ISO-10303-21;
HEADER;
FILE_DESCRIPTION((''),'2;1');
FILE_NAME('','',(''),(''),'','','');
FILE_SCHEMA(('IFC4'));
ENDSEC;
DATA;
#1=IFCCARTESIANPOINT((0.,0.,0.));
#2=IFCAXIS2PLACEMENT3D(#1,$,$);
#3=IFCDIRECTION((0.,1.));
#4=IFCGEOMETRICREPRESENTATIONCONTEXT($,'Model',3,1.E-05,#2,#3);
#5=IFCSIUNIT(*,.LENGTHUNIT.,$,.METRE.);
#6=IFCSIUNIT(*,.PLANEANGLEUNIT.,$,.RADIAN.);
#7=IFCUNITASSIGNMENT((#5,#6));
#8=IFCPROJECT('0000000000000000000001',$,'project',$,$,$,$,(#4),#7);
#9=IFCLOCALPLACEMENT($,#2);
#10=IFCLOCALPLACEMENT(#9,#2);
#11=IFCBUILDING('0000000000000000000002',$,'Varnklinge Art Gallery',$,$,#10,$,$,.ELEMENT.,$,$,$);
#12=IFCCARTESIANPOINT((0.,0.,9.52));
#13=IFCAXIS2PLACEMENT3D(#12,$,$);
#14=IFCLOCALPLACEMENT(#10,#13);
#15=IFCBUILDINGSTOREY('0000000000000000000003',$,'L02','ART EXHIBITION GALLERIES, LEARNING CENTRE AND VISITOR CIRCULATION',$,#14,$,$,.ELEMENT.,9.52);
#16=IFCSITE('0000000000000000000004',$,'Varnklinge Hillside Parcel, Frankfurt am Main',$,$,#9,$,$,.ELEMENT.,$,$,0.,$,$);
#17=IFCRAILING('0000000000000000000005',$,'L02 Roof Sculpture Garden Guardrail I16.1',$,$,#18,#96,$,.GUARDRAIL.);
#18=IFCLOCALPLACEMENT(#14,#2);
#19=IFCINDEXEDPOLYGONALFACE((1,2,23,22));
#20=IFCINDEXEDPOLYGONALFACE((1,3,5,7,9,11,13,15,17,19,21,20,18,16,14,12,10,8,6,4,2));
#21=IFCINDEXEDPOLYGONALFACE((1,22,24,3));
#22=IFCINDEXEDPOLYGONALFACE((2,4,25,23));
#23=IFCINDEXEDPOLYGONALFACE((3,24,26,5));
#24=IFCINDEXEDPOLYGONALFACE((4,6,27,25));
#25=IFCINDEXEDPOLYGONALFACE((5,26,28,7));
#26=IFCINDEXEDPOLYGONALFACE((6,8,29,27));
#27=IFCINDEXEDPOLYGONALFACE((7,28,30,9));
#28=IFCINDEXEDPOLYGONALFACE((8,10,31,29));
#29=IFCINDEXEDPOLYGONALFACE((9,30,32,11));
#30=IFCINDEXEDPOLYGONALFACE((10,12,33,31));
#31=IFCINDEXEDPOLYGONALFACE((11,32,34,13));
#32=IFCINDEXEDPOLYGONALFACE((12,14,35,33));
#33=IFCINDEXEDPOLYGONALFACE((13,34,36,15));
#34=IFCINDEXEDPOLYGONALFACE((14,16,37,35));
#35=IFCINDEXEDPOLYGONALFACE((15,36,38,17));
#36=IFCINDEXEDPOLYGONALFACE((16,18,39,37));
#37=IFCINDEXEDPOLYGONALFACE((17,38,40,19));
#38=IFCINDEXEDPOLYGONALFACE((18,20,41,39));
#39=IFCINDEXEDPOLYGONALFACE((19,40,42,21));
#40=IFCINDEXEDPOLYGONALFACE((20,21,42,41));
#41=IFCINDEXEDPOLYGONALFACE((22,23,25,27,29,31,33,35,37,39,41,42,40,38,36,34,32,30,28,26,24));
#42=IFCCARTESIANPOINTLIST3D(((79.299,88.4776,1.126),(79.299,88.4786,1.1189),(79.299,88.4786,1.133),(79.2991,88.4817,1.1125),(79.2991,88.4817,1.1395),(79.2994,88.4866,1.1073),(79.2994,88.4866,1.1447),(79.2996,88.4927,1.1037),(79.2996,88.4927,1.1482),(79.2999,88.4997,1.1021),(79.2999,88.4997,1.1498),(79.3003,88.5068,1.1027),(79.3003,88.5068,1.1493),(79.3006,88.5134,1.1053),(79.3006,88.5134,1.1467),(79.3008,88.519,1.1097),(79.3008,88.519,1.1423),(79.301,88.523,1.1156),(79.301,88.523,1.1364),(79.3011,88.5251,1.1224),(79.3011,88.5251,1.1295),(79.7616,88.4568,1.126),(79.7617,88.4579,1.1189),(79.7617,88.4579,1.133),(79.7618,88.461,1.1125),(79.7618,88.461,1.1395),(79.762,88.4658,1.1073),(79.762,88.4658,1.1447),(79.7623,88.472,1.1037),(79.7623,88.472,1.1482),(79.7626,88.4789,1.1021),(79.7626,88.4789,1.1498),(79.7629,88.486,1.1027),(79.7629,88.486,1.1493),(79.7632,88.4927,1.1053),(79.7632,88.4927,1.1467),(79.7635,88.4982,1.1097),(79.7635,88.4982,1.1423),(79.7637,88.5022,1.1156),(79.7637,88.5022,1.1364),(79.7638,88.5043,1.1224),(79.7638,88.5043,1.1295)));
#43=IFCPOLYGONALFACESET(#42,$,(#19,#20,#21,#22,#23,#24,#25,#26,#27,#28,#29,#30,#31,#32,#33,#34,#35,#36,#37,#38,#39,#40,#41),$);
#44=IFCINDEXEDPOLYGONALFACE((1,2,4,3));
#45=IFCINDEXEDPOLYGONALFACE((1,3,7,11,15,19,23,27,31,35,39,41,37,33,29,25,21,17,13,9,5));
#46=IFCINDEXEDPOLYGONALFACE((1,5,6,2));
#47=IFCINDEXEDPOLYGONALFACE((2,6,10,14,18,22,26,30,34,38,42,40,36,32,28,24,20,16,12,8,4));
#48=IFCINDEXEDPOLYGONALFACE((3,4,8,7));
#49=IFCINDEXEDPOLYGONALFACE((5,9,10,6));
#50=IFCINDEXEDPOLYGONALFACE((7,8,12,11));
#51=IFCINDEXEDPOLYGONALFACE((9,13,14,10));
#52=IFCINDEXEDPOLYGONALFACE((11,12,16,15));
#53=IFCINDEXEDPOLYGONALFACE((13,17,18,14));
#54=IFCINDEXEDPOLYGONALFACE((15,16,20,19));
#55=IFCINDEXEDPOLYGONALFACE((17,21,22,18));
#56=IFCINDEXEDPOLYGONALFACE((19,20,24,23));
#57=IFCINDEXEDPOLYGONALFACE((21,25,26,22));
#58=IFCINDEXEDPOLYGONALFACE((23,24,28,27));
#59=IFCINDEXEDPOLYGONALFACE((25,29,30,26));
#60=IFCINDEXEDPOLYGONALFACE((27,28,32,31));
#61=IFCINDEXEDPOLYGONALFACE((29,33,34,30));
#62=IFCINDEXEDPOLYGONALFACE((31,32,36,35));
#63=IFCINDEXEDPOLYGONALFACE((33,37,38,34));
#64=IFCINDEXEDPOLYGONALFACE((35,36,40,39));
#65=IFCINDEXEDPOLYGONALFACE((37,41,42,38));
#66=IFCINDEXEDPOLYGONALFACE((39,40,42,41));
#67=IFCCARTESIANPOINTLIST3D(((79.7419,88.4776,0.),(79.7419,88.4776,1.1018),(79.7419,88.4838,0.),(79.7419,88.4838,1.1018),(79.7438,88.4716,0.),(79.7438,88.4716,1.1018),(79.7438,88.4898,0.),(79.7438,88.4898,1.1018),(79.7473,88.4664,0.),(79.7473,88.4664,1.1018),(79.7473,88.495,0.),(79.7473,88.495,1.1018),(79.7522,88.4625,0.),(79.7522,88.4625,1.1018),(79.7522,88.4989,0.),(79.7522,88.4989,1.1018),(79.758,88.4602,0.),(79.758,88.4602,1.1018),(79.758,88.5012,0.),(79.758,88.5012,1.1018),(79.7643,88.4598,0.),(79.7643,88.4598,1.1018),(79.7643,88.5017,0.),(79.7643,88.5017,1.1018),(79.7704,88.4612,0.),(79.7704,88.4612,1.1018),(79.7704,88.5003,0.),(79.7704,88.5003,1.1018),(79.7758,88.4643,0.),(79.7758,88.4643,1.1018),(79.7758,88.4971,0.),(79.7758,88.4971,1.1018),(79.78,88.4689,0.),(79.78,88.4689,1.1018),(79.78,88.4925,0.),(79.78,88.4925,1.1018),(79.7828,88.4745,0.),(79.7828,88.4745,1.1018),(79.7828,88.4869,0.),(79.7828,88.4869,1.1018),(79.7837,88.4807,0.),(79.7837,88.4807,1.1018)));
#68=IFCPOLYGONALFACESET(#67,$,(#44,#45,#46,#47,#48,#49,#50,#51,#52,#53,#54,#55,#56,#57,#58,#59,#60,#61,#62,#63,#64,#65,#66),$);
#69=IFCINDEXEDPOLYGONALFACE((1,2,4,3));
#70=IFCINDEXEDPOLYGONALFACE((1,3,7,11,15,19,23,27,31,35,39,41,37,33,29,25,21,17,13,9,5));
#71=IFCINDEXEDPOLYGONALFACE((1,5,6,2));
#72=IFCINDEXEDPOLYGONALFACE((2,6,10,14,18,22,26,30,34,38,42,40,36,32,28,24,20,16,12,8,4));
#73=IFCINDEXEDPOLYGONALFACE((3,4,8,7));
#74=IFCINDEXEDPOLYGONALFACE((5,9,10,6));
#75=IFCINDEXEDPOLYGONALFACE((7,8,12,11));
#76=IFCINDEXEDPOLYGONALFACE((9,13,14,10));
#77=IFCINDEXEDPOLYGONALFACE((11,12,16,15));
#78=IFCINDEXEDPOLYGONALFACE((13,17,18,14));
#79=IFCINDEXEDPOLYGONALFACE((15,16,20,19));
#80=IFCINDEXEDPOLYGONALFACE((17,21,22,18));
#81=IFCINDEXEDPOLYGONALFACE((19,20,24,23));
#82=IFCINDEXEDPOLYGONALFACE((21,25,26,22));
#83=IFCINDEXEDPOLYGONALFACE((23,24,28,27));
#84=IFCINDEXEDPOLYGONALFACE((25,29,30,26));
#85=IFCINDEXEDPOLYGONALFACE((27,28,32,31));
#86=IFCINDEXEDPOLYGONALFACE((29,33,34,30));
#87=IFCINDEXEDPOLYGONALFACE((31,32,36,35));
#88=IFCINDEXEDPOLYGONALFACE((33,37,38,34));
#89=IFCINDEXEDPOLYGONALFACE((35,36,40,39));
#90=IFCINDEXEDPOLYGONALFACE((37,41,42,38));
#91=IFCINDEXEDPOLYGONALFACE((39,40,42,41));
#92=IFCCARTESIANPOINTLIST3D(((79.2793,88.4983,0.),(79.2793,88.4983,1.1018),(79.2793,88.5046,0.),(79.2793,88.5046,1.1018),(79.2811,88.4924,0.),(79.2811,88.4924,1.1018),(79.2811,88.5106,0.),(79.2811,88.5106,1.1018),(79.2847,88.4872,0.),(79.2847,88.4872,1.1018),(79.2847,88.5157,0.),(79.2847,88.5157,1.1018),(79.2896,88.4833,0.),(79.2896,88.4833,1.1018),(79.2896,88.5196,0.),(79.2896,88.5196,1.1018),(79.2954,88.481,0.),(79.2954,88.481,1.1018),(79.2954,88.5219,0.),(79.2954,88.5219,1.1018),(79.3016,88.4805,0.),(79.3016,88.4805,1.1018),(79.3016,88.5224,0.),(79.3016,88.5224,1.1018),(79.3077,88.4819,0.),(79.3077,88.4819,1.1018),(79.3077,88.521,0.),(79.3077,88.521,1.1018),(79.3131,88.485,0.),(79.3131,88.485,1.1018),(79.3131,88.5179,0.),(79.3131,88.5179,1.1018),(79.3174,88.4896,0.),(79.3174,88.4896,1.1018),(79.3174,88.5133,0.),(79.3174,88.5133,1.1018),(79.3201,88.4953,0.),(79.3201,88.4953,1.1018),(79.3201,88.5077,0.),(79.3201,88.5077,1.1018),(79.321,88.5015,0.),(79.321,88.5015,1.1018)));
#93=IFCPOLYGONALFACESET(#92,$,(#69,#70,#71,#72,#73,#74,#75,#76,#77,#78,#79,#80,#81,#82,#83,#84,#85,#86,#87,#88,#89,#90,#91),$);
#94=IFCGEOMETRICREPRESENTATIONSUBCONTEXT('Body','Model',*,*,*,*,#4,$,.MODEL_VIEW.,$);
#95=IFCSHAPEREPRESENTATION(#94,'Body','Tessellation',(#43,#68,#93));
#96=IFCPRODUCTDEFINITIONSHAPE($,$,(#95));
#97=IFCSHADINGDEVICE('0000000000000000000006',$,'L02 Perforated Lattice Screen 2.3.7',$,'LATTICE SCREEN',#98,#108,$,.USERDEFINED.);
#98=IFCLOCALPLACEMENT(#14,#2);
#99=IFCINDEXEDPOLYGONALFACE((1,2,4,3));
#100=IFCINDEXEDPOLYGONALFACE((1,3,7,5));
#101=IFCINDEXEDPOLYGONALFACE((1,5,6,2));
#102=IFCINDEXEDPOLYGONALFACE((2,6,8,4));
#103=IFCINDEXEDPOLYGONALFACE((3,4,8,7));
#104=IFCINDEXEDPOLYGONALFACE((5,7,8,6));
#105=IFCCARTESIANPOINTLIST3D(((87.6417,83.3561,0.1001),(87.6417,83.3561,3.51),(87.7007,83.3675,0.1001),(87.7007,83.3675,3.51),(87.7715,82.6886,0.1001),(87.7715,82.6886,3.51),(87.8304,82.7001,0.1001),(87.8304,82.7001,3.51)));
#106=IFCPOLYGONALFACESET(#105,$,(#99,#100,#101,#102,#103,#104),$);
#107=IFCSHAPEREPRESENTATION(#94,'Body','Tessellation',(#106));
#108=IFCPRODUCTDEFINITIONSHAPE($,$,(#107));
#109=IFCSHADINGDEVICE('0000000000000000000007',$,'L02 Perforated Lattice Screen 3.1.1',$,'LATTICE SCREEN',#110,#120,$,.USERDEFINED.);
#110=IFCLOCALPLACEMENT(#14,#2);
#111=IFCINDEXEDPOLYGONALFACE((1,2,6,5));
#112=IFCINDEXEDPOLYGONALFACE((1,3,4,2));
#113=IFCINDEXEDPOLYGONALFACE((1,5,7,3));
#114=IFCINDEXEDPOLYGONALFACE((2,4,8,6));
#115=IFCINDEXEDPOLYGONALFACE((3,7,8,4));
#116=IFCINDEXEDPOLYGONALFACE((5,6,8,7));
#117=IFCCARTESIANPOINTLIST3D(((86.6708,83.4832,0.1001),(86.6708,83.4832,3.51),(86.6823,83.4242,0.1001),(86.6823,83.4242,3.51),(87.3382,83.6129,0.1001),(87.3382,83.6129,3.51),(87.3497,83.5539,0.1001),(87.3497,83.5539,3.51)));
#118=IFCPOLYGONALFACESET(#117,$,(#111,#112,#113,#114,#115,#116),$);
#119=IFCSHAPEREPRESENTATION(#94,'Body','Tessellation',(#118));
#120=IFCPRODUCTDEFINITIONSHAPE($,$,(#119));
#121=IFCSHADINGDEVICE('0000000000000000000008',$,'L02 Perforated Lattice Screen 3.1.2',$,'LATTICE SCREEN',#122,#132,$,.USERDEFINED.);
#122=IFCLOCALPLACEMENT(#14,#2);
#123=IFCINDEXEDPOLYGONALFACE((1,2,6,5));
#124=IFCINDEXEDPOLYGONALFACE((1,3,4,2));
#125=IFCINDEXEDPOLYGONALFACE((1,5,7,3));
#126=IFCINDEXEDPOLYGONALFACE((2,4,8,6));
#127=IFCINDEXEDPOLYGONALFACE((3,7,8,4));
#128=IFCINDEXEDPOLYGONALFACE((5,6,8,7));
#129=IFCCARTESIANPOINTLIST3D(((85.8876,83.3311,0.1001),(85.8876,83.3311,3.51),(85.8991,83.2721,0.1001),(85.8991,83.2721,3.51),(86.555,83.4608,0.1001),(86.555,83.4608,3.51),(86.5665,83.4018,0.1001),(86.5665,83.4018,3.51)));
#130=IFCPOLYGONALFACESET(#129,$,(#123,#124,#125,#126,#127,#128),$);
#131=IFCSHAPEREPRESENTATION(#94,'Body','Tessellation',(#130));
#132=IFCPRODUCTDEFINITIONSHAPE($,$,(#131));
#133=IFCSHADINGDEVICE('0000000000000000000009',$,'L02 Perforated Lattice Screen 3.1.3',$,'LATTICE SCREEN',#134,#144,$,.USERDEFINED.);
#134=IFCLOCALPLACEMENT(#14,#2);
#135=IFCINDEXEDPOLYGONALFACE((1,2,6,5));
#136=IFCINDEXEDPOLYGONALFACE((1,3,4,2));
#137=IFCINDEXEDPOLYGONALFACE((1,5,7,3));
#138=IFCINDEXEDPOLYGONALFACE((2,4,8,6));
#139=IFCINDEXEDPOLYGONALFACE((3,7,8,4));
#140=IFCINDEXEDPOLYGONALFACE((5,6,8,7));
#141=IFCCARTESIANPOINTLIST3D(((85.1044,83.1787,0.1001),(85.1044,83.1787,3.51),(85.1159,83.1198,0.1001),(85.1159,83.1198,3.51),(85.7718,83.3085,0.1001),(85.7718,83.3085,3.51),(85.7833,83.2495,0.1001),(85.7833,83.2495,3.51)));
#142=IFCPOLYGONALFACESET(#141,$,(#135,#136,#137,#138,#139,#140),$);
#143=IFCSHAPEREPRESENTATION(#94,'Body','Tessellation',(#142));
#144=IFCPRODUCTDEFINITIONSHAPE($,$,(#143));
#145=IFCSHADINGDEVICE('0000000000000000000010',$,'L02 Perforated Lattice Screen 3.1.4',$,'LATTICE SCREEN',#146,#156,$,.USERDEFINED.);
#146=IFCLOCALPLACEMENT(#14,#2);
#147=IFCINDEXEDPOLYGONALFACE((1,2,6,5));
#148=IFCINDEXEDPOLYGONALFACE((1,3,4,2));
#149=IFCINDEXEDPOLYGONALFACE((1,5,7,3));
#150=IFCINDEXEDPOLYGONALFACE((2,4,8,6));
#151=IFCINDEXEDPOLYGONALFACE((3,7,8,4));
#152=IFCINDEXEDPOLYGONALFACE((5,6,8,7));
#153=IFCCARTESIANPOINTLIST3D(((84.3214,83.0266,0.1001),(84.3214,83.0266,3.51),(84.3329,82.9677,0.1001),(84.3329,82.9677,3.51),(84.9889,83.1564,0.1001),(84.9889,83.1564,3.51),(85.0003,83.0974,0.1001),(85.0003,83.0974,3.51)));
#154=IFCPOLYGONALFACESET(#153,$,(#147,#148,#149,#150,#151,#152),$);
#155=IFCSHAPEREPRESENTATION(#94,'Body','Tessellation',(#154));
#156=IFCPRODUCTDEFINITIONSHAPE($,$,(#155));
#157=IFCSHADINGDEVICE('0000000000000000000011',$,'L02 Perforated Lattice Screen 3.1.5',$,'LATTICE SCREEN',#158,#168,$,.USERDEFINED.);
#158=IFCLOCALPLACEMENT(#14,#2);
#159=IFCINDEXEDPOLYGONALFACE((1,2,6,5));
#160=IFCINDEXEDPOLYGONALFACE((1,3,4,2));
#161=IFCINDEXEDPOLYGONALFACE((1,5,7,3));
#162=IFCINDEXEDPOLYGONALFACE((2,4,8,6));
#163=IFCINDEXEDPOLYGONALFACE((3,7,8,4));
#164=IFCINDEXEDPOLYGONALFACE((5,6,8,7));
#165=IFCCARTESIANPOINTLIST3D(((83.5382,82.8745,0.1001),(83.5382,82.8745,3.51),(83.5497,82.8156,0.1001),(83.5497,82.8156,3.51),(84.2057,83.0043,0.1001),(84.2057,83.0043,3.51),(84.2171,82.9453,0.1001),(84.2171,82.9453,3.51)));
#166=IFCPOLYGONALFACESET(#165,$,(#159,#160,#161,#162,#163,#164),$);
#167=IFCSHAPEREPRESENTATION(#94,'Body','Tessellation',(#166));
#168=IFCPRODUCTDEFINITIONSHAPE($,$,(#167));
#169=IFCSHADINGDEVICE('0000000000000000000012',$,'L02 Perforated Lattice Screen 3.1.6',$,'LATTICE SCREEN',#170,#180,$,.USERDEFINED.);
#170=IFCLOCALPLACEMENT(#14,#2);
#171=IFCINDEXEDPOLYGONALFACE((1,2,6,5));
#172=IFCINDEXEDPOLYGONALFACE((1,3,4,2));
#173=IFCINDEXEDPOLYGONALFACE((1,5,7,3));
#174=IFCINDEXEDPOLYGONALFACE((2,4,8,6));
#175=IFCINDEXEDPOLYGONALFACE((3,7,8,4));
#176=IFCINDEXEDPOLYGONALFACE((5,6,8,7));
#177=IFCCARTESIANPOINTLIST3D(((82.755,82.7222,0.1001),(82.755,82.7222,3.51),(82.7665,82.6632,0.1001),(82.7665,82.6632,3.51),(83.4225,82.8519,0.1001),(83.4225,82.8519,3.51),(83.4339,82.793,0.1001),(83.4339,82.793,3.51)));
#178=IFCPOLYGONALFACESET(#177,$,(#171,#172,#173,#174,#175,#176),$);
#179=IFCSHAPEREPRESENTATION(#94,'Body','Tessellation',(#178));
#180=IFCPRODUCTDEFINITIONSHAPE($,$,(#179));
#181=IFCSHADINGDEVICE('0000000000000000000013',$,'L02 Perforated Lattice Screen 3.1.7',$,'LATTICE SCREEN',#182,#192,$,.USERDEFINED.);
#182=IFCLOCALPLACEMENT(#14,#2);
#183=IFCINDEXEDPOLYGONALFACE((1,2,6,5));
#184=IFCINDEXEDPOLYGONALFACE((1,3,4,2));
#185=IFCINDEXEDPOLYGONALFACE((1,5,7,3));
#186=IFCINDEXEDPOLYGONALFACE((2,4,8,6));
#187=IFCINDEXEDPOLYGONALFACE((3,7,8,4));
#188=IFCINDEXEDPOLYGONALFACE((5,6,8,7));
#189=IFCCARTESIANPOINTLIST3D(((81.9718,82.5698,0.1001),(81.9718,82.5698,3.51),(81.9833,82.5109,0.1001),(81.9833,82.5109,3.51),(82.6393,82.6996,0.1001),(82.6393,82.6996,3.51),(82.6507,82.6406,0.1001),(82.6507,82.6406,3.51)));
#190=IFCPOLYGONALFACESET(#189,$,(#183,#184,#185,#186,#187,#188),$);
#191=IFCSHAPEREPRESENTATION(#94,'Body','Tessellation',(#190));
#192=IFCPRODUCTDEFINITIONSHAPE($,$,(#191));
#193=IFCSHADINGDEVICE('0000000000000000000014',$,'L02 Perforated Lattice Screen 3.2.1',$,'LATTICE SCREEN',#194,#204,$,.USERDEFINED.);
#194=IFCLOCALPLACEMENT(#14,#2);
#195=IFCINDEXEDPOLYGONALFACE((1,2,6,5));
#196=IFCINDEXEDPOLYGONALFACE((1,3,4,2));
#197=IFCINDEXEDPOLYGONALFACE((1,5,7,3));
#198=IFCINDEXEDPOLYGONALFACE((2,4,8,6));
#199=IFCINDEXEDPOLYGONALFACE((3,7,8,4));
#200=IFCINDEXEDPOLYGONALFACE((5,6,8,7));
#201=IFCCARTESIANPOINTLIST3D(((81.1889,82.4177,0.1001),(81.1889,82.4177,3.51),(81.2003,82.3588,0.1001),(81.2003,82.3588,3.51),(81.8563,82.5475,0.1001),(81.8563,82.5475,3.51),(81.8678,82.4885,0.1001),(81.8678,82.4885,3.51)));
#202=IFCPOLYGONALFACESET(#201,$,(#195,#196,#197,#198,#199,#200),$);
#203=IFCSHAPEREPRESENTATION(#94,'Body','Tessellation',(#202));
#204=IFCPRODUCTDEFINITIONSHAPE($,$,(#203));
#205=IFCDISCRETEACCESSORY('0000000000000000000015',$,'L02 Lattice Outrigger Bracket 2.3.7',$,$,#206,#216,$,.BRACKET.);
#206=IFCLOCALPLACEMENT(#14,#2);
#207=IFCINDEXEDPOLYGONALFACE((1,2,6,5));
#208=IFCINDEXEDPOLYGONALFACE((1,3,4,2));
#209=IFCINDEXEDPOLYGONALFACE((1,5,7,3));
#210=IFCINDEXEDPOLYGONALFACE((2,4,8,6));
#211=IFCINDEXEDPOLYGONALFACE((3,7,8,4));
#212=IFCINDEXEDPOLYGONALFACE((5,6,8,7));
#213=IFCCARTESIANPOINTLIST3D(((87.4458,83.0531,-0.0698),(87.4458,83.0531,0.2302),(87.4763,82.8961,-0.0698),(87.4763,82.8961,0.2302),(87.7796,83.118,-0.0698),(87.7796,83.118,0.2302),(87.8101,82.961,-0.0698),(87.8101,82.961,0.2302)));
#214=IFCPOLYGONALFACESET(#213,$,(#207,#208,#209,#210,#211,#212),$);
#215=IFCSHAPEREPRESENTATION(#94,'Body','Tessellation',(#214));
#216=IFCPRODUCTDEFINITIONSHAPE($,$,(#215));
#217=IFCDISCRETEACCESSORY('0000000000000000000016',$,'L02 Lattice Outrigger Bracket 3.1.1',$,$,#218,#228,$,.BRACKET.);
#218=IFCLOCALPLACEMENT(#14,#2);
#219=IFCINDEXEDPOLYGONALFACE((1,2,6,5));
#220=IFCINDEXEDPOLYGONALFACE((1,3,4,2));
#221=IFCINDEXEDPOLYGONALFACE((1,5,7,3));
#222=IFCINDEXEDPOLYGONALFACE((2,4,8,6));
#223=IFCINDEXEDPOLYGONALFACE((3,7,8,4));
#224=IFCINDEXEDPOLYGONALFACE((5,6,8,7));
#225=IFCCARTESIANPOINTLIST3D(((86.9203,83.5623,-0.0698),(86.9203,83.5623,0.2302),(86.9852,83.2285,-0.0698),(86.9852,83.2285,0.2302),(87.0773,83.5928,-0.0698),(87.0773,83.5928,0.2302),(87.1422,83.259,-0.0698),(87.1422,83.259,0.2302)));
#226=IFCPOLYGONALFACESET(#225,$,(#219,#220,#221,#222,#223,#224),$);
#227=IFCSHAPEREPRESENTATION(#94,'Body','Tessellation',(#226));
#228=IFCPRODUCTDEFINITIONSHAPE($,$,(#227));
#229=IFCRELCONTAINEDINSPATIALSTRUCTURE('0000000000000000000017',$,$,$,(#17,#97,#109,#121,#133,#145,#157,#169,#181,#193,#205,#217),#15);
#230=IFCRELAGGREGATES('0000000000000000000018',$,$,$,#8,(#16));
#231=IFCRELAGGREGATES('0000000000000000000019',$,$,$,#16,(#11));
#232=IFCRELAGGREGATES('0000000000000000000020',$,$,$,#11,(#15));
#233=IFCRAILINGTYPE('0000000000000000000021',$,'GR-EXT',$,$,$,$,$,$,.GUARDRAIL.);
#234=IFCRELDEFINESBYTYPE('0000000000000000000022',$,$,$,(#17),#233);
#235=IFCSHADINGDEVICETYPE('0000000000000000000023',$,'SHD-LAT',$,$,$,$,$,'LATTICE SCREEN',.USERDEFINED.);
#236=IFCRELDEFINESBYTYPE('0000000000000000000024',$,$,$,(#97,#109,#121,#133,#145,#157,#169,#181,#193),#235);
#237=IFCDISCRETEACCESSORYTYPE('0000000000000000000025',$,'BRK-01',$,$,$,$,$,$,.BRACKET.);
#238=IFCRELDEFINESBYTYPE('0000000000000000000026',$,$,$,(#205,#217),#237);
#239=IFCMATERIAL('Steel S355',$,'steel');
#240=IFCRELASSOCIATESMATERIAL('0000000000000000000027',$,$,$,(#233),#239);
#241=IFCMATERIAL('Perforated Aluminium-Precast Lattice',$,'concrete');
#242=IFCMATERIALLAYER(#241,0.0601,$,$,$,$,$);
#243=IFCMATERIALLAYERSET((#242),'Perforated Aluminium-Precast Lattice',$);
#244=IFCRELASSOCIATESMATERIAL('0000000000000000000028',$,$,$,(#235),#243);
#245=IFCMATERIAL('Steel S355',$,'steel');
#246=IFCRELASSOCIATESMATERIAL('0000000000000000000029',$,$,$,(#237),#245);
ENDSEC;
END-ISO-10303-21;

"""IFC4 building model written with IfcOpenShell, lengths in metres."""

from ifc_helpers import new_model, si_unit, direction, frame, origin, origin_2d, place, context, subcontext, project, spatial, rectangle, circle, extrude, material, layer, layer_set, type_object, element, save


model = new_model("IFC4")

# Units and contexts
model_context = context("Model", 3, precision=1e-05, world=origin(), true_north=direction((0.0, 1.0)))
body_context = subcontext(model_context, "Body", "Model", "MODEL_VIEW")
ifc_project = project(units=[si_unit("LENGTHUNIT", "METRE"), si_unit("PLANEANGLEUNIT", "RADIAN")], contexts=[model_context])

# Site, building, storey
site_placement = place(None, origin())
site = spatial("IfcSite", under=ifc_project, at=site_placement, Name="Varnklinge Hillside Parcel, Frankfurt am Main", CompositionType="ELEMENT", RefElevation=0.0)
building_placement = place(site_placement, origin())
building = spatial("IfcBuilding", under=site, at=building_placement, Name="Varnklinge Art Gallery", CompositionType="ELEMENT")
storey_placement = place(building_placement, frame((0.0, 0.0, 9.52)))
storey = spatial("IfcBuildingStorey", under=building, at=storey_placement, Name="L02", Description="ART EXHIBITION GALLERIES, LEARNING CENTRE AND VISITOR CIRCULATION", CompositionType="ELEMENT", Elevation=9.52)

# Railing
ifc_material_1 = material(Name="Steel S355", Category="steel")
railing_type_1 = type_object("IfcRailingType", Name="GR-EXT", PredefinedType="GUARDRAIL", material=ifc_material_1)
railing_1_placement = place(storey_placement, frame((79.7627, 88.4807, 0.0)))
element("IfcRailing", 1, at=railing_1_placement, inside=storey, type_object=railing_type_1, Name="L02 Roof Sculpture Garden Guardrail I16.1", PredefinedType="GUARDRAIL", context=body_context, shape_type="SweptSolid", body=[
    extrude(circle(Radius=0.0239, at=origin_2d()), frame((0.0, 0.0, 1.126), z_axis=(-0.998996, 0.04481, 0.0), x_axis=(-0.04481, -0.998996, 0.0)), (0.0, 0.0, 1.0), 0.4631),
    extrude(circle(Radius=0.021, at=origin_2d()), origin(), (0.0, 0.0, 1.0), 1.1018),
    extrude(circle(Radius=0.021, at=origin_2d()), frame((-0.4626, 0.0208, 0.0)), (0.0, 0.0, 1.0), 1.1018),
])

# Shading devices
ifc_material_2 = material(Name="Perforated Aluminium-Precast Lattice", Category="concrete")
ifc_layer_1 = layer(ifc_material_2, 0.0601)
ifc_layer_set_1 = layer_set([ifc_layer_1], Name="Perforated Aluminium-Precast Lattice")
shading_device_type = type_object("IfcShadingDeviceType", Name="SHD-LAT", ElementType="LATTICE SCREEN", PredefinedType="USERDEFINED", material=ifc_layer_set_1)
for number, where, z_axis, x_axis, name in (
    (2, (87.7361, 83.0281, 0.1001), (0.0, 0.0, 1.0), (-0.190809, 0.981627, 0.0), "L02 Perforated Lattice Screen 2.3.7"),
    (3, (87.0103, 83.5186, 0.1001), (0.0, 0.0, 1.0), (-0.981627, -0.190809, 0.0), "L02 Perforated Lattice Screen 3.1.1"),
    (4, (86.2271, 83.3665, 0.1001), (0.0, 0.0, 1.0), (-0.981627, -0.190809, 0.0), "L02 Perforated Lattice Screen 3.1.2"),
    (5, (85.4438, 83.2141, 0.1001), (0.0, 0.0, 1.0), (-0.981627, -0.190809, 0.0), "L02 Perforated Lattice Screen 3.1.3"),
    (6, (84.6609, 83.062, 0.1001), (0.0, 0.0, 1.0), (-0.981627, -0.190809, 0.0), "L02 Perforated Lattice Screen 3.1.4"),
    (7, (83.8777, 82.9099, 0.1001), (0.0, 0.0, 1.0), (-0.981627, -0.190809, 0.0), "L02 Perforated Lattice Screen 3.1.5"),
    (8, (83.0945, 82.7576, 0.1001), (0.0, 0.0, 1.0), (-0.981627, -0.190809, 0.0), "L02 Perforated Lattice Screen 3.1.6"),
    (9, (82.3113, 82.6052, 0.1001), (0.0, 0.0, 1.0), (-0.981627, -0.190809, 0.0), "L02 Perforated Lattice Screen 3.1.7"),
    (10, (81.5283, 82.4531, 0.1001), (0.0, 0.0, 1.0), (-0.981627, -0.190809, 0.0), "L02 Perforated Lattice Screen 3.2.1"),
):
    element("IfcShadingDevice", number, at=place(storey_placement, frame(where, z_axis=z_axis, x_axis=x_axis)), inside=storey, type_object=shading_device_type, Name=name, ObjectType="LATTICE SCREEN", PredefinedType="USERDEFINED", context=body_context, shape_type="SweptSolid", body=[
        extrude(rectangle(XDim=0.6799, YDim=0.0601, at=origin_2d()), origin(), (0.0, 0.0, 1.0), 3.4099),
    ])

# Discrete accessories
ifc_material_3 = material(Name="Steel S355", Category="steel")
discrete_accessory_type = type_object("IfcDiscreteAccessoryType", Name="BRK-01", PredefinedType="BRACKET", material=ifc_material_3)
for number, where, z_axis, x_axis, name in (
    (11, (87.6279, 83.0071, -0.0698), (0.0, 0.0, 1.0), (-0.190809, 0.981627, 0.0), "L02 Lattice Outrigger Bracket 2.3.7"),
    (12, (87.0312, 83.4106, -0.0698), (0.0, 0.0, 1.0), (-0.981627, -0.190809, 0.0), "L02 Lattice Outrigger Bracket 3.1.1"),
):
    element("IfcDiscreteAccessory", number, at=place(storey_placement, frame(where, z_axis=z_axis, x_axis=x_axis)), inside=storey, type_object=discrete_accessory_type, Name=name, PredefinedType="BRACKET", context=body_context, shape_type="SweptSolid", body=[
        extrude(rectangle(XDim=0.1599, YDim=0.3401, at=origin_2d()), origin(), (0.0, 0.0, 1.0), 0.3),
    ])

save(model, "model.ifc")
